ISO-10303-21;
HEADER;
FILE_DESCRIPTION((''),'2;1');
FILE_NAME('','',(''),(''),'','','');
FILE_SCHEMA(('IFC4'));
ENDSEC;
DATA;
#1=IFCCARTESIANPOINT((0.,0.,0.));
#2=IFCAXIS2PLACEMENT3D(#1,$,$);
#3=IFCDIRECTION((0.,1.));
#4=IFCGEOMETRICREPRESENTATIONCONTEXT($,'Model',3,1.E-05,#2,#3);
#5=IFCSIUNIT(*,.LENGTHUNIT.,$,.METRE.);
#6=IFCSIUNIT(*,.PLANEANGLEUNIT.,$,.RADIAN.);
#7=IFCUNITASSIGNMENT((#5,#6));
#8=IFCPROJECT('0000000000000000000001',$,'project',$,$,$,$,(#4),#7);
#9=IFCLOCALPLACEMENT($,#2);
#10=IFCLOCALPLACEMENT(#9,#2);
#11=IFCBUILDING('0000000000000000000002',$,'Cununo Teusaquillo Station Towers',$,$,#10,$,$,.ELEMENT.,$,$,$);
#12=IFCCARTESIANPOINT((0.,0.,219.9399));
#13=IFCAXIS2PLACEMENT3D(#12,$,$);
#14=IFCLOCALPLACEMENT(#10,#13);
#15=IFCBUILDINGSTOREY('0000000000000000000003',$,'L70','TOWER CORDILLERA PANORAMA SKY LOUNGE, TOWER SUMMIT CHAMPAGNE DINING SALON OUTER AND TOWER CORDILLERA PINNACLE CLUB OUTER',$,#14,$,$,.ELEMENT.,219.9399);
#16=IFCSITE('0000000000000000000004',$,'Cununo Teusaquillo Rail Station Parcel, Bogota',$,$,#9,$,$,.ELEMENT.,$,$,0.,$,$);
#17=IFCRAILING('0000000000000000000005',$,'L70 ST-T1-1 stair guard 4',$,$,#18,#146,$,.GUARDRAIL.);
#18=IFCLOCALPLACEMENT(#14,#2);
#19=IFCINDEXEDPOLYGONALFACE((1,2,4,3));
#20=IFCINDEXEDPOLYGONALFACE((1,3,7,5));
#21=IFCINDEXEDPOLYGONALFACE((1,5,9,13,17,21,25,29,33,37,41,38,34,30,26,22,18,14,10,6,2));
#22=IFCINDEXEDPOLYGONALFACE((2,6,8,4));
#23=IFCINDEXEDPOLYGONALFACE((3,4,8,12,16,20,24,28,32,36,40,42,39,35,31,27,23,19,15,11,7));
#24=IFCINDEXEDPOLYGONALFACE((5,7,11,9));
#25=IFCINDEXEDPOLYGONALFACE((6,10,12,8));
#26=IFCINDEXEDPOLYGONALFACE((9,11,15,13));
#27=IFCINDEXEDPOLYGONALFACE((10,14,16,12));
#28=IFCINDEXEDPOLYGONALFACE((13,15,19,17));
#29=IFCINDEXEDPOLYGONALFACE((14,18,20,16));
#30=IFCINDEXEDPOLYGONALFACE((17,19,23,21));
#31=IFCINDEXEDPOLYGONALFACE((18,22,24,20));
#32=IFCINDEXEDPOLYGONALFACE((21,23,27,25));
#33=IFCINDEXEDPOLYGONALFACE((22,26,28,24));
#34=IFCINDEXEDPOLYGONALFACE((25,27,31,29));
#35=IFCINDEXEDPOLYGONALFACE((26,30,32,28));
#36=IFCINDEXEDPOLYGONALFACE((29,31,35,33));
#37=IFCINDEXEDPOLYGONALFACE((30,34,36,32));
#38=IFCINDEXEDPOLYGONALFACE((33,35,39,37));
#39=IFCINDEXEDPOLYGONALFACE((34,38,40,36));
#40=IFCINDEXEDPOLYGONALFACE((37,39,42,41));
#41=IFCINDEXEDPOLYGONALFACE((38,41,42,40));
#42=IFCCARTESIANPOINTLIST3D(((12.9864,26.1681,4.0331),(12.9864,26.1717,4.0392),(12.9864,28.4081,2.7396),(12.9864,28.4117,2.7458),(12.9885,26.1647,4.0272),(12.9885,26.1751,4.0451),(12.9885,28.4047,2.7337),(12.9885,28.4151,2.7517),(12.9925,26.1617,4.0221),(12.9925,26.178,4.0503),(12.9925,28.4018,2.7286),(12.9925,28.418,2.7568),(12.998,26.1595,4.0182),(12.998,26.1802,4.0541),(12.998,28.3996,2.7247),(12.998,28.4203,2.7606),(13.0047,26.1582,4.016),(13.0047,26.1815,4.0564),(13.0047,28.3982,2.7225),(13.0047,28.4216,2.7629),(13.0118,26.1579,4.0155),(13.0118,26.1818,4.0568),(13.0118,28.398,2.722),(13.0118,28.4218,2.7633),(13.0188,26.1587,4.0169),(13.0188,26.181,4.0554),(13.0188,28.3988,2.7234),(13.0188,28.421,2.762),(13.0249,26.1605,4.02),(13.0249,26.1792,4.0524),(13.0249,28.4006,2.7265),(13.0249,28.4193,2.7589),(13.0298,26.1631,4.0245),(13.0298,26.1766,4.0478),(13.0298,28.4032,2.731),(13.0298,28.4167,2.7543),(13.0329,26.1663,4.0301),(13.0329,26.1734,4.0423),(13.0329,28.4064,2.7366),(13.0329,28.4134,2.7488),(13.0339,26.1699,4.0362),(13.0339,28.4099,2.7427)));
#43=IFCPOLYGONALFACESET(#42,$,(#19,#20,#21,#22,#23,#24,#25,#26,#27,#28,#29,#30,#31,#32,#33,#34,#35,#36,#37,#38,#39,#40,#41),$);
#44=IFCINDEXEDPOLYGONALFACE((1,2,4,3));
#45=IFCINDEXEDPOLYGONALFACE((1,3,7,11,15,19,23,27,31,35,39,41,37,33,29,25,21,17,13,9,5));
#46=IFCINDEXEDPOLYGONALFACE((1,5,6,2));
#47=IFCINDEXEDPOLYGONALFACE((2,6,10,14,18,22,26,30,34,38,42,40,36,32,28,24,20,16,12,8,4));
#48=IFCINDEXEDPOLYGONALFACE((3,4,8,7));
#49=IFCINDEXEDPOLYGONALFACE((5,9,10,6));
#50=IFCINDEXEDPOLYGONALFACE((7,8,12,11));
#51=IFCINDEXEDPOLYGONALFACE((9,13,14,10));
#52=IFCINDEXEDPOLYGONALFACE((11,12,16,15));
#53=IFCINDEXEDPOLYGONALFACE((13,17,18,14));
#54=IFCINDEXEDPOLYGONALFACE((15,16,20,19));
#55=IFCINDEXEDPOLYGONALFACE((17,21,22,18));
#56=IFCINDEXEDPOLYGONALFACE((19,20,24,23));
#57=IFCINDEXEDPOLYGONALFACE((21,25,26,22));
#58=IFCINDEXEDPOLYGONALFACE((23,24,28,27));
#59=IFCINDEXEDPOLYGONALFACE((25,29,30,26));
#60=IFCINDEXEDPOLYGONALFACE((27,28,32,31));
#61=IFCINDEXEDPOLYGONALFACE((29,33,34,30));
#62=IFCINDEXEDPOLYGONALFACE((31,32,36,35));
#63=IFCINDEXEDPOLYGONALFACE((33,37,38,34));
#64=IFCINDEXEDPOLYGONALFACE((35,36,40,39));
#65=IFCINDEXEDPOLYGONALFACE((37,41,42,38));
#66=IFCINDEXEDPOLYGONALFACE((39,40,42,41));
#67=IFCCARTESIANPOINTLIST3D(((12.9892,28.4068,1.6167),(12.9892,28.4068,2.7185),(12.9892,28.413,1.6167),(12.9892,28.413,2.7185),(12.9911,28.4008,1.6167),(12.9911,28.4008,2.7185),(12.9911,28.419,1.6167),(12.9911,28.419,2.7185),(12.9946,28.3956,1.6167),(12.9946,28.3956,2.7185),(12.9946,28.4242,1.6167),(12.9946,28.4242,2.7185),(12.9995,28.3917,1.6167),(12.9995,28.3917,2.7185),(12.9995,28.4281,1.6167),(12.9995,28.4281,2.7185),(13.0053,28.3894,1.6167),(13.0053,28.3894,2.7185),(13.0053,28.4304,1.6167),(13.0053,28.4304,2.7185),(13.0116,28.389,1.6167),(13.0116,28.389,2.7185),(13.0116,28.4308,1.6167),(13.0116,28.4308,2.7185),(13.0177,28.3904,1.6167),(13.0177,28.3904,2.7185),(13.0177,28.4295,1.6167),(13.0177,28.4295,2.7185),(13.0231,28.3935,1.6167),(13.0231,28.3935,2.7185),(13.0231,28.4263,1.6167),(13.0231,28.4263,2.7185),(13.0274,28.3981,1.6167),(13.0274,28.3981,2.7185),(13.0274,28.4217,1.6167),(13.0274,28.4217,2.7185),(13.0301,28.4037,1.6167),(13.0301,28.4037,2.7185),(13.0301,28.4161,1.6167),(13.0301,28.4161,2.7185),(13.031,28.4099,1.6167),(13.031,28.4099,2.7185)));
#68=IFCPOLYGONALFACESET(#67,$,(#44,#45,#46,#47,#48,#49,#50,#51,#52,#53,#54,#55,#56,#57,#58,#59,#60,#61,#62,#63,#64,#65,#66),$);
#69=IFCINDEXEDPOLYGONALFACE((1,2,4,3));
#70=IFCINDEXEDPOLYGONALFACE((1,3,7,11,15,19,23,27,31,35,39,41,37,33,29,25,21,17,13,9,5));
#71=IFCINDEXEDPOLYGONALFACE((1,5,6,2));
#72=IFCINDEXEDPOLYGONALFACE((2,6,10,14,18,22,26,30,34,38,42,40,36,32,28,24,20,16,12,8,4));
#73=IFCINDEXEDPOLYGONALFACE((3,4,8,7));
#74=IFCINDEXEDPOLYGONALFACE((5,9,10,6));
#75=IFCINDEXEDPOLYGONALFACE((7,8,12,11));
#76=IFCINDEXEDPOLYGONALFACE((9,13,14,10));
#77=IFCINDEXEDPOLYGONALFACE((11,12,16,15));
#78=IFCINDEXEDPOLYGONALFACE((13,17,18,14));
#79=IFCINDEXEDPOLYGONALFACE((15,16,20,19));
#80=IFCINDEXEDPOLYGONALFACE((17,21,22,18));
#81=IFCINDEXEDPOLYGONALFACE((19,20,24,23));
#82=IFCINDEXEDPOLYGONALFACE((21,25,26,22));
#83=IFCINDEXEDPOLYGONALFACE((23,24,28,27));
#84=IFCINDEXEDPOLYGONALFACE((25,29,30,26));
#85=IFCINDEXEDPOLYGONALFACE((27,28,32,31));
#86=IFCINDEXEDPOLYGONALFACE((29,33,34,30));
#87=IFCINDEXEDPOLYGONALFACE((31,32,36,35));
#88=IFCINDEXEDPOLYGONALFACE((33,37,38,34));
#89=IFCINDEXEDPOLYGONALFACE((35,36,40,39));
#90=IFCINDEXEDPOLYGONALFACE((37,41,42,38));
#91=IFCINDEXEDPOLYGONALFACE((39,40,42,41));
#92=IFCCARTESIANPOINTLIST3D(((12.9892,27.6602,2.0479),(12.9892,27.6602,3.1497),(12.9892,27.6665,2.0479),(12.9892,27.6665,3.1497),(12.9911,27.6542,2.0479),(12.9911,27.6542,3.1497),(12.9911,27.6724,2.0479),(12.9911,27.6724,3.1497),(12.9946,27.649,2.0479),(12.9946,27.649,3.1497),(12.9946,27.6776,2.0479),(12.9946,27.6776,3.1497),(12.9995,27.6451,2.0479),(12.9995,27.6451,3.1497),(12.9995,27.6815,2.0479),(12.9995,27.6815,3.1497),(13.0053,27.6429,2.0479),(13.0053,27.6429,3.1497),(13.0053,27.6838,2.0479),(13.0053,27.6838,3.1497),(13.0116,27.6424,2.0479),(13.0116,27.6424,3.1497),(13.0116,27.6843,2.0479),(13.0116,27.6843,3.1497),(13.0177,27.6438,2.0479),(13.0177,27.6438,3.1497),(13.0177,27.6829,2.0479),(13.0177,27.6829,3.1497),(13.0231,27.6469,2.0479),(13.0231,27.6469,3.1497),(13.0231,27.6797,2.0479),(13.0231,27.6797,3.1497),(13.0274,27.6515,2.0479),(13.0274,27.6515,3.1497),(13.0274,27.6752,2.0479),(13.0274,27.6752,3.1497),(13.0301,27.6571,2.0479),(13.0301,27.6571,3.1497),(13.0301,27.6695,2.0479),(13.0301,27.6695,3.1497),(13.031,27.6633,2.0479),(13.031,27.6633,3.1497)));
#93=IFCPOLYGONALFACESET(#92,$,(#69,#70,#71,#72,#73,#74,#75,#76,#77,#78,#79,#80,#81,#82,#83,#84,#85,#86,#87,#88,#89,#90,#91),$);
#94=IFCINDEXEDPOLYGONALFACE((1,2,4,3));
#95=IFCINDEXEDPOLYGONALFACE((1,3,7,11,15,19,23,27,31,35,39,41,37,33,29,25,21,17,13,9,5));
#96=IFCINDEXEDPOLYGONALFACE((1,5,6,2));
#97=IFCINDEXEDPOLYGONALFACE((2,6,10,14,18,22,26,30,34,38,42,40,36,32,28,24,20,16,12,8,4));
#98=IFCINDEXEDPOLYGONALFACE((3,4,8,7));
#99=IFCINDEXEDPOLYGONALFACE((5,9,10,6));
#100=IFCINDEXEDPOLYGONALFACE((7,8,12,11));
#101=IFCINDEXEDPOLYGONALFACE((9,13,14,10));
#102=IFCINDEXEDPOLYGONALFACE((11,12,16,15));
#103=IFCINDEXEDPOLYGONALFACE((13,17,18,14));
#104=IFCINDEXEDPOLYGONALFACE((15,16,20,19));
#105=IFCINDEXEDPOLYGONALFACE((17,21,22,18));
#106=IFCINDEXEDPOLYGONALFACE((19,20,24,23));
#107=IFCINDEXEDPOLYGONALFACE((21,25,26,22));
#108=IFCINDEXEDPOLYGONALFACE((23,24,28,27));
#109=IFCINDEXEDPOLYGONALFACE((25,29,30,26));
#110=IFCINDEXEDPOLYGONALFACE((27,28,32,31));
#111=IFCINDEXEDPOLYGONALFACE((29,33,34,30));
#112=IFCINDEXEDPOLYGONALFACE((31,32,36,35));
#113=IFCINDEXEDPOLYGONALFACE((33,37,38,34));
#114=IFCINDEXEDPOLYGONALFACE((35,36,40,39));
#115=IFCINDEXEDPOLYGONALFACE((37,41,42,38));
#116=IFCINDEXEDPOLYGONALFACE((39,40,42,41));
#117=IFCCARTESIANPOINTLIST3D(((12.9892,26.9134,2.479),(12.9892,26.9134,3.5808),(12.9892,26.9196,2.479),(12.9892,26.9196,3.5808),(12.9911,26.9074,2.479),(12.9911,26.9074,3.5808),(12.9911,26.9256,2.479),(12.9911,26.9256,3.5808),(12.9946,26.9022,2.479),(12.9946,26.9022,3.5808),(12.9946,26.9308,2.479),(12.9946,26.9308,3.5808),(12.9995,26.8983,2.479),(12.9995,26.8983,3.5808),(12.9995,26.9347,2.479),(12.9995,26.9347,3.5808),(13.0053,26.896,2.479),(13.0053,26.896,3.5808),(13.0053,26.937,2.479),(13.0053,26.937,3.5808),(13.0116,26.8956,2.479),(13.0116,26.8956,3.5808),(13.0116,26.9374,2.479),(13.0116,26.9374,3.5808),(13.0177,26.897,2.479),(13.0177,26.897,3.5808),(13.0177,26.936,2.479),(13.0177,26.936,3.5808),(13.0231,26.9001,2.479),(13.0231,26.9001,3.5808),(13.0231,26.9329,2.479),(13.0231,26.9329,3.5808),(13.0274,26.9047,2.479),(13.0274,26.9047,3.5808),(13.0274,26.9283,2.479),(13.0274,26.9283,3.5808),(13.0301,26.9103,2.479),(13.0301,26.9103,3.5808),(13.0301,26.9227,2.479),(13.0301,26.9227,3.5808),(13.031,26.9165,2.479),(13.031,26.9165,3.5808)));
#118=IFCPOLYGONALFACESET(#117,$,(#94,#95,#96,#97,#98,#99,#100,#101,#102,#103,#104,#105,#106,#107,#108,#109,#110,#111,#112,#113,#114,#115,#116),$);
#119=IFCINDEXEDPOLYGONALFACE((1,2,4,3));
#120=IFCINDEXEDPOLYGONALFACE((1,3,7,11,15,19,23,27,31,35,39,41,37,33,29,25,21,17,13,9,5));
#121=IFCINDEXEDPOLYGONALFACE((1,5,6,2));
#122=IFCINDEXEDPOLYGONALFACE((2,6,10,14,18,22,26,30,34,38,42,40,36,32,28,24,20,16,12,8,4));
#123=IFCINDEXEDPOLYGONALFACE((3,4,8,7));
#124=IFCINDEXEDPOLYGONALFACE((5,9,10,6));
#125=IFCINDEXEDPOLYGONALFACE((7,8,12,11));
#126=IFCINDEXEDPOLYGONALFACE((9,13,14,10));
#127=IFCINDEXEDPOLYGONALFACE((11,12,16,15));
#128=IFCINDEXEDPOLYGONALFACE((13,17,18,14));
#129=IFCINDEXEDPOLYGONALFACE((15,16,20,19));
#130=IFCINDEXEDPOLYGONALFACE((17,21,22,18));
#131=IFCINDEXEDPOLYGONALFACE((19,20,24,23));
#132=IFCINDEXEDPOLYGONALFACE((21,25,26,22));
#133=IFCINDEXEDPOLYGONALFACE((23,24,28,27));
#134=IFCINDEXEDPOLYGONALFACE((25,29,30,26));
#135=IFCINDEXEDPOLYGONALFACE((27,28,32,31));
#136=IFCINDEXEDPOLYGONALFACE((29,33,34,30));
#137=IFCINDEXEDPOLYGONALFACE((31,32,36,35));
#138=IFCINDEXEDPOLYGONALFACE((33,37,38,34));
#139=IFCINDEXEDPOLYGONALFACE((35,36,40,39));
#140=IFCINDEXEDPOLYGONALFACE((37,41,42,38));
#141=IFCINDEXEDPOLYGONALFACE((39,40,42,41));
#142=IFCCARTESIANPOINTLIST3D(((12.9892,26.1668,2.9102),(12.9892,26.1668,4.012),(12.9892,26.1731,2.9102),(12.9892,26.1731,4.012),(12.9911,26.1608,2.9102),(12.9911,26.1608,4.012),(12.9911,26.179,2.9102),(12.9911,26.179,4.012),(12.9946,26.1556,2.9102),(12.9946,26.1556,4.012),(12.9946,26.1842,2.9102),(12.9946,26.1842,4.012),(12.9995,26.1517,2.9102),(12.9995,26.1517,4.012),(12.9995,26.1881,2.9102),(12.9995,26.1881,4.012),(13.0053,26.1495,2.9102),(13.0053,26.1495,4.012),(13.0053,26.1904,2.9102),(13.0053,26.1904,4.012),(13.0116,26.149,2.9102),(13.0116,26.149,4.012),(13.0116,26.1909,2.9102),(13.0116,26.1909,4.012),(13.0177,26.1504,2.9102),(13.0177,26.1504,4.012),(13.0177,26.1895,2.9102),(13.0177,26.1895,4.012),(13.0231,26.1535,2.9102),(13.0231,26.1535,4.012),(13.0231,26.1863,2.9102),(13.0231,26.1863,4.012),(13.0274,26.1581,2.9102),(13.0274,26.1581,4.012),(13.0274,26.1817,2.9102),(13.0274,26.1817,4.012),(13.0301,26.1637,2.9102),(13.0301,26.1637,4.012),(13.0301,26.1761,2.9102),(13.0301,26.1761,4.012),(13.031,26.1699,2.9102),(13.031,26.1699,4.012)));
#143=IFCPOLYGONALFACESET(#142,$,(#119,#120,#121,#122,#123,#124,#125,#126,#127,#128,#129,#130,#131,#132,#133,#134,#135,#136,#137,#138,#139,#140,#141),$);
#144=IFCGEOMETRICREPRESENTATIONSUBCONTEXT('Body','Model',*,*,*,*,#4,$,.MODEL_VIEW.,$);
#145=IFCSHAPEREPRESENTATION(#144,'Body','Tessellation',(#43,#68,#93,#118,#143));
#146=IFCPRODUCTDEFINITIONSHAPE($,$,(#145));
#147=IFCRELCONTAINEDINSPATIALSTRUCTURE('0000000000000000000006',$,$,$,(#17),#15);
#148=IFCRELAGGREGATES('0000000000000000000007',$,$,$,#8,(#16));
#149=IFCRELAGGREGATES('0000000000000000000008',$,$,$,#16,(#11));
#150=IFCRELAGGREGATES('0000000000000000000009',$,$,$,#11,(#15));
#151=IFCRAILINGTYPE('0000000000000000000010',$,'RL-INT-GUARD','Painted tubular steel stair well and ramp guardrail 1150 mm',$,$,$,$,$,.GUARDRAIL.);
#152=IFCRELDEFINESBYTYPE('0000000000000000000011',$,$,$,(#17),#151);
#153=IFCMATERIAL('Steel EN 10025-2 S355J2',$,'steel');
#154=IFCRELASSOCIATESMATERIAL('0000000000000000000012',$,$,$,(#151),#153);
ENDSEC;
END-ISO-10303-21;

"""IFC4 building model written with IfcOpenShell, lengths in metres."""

from ifc_helpers import new_model, si_unit, direction, frame, origin, origin_2d, place, context, subcontext, project, spatial, circle, extrude, material, type_object, element, save


model = new_model("IFC4")

# Units and contexts
model_context = context("Model", 3, precision=1e-05, world=origin(), true_north=direction((0.0, 1.0)))
body_context = subcontext(model_context, "Body", "Model", "MODEL_VIEW")
ifc_project = project(units=[si_unit("LENGTHUNIT", "METRE"), si_unit("PLANEANGLEUNIT", "RADIAN")], contexts=[model_context])

# Site, building, storey
site_placement = place(None, origin())
site = spatial("IfcSite", under=ifc_project, at=site_placement, Name="Cununo Teusaquillo Rail Station Parcel, Bogota", CompositionType="ELEMENT", RefElevation=0.0)
building_placement = place(site_placement, origin())
building = spatial("IfcBuilding", under=site, at=building_placement, Name="Cununo Teusaquillo Station Towers", CompositionType="ELEMENT")
storey_placement = place(building_placement, frame((0.0, 0.0, 219.9399)))
storey = spatial("IfcBuildingStorey", under=building, at=storey_placement, Name="L70", Description="TOWER CORDILLERA PANORAMA SKY LOUNGE, TOWER SUMMIT CHAMPAGNE DINING SALON OUTER AND TOWER CORDILLERA PINNACLE CLUB OUTER", CompositionType="ELEMENT", Elevation=219.9399)

# Railing
ifc_material_1 = material(Name="Steel EN 10025-2 S355J2", Category="steel")
railing_type_1 = type_object("IfcRailingType", Name="RL-INT-GUARD", Description="Painted tubular steel stair well and ramp guardrail 1150 mm", PredefinedType="GUARDRAIL", material=ifc_material_1)
railing_1_placement = place(storey_placement, frame((13.01, 28.4099, 1.6167)))
element("IfcRailing", 1, at=railing_1_placement, inside=storey, type_object=railing_type_1, Name="L70 ST-T1-1 stair guard 4", PredefinedType="GUARDRAIL", context=body_context, shape_type="SweptSolid", body=[
    extrude(circle(Radius=0.0239, at=origin_2d()), frame((0.0, 0.0, 1.126), z_axis=(0.0, -0.865992, 0.500057), x_axis=(1.0, 0.0, 0.0)), (0.0, 0.0, 1.0), 2.5867),
    extrude(circle(Radius=0.021, at=origin_2d()), origin(), (0.0, 0.0, 1.0), 1.1018),
    extrude(circle(Radius=0.021, at=origin_2d()), frame((0.0, -0.7466, 0.4312)), (0.0, 0.0, 1.0), 1.1018),
    extrude(circle(Radius=0.021, at=origin_2d()), frame((0.0, -1.4934, 0.8623)), (0.0, 0.0, 1.0), 1.1018),
    extrude(circle(Radius=0.021, at=origin_2d()), frame((0.0, -2.24, 1.2935)), (0.0, 0.0, 1.0), 1.1018),
])

save(model, "model.ifc")
